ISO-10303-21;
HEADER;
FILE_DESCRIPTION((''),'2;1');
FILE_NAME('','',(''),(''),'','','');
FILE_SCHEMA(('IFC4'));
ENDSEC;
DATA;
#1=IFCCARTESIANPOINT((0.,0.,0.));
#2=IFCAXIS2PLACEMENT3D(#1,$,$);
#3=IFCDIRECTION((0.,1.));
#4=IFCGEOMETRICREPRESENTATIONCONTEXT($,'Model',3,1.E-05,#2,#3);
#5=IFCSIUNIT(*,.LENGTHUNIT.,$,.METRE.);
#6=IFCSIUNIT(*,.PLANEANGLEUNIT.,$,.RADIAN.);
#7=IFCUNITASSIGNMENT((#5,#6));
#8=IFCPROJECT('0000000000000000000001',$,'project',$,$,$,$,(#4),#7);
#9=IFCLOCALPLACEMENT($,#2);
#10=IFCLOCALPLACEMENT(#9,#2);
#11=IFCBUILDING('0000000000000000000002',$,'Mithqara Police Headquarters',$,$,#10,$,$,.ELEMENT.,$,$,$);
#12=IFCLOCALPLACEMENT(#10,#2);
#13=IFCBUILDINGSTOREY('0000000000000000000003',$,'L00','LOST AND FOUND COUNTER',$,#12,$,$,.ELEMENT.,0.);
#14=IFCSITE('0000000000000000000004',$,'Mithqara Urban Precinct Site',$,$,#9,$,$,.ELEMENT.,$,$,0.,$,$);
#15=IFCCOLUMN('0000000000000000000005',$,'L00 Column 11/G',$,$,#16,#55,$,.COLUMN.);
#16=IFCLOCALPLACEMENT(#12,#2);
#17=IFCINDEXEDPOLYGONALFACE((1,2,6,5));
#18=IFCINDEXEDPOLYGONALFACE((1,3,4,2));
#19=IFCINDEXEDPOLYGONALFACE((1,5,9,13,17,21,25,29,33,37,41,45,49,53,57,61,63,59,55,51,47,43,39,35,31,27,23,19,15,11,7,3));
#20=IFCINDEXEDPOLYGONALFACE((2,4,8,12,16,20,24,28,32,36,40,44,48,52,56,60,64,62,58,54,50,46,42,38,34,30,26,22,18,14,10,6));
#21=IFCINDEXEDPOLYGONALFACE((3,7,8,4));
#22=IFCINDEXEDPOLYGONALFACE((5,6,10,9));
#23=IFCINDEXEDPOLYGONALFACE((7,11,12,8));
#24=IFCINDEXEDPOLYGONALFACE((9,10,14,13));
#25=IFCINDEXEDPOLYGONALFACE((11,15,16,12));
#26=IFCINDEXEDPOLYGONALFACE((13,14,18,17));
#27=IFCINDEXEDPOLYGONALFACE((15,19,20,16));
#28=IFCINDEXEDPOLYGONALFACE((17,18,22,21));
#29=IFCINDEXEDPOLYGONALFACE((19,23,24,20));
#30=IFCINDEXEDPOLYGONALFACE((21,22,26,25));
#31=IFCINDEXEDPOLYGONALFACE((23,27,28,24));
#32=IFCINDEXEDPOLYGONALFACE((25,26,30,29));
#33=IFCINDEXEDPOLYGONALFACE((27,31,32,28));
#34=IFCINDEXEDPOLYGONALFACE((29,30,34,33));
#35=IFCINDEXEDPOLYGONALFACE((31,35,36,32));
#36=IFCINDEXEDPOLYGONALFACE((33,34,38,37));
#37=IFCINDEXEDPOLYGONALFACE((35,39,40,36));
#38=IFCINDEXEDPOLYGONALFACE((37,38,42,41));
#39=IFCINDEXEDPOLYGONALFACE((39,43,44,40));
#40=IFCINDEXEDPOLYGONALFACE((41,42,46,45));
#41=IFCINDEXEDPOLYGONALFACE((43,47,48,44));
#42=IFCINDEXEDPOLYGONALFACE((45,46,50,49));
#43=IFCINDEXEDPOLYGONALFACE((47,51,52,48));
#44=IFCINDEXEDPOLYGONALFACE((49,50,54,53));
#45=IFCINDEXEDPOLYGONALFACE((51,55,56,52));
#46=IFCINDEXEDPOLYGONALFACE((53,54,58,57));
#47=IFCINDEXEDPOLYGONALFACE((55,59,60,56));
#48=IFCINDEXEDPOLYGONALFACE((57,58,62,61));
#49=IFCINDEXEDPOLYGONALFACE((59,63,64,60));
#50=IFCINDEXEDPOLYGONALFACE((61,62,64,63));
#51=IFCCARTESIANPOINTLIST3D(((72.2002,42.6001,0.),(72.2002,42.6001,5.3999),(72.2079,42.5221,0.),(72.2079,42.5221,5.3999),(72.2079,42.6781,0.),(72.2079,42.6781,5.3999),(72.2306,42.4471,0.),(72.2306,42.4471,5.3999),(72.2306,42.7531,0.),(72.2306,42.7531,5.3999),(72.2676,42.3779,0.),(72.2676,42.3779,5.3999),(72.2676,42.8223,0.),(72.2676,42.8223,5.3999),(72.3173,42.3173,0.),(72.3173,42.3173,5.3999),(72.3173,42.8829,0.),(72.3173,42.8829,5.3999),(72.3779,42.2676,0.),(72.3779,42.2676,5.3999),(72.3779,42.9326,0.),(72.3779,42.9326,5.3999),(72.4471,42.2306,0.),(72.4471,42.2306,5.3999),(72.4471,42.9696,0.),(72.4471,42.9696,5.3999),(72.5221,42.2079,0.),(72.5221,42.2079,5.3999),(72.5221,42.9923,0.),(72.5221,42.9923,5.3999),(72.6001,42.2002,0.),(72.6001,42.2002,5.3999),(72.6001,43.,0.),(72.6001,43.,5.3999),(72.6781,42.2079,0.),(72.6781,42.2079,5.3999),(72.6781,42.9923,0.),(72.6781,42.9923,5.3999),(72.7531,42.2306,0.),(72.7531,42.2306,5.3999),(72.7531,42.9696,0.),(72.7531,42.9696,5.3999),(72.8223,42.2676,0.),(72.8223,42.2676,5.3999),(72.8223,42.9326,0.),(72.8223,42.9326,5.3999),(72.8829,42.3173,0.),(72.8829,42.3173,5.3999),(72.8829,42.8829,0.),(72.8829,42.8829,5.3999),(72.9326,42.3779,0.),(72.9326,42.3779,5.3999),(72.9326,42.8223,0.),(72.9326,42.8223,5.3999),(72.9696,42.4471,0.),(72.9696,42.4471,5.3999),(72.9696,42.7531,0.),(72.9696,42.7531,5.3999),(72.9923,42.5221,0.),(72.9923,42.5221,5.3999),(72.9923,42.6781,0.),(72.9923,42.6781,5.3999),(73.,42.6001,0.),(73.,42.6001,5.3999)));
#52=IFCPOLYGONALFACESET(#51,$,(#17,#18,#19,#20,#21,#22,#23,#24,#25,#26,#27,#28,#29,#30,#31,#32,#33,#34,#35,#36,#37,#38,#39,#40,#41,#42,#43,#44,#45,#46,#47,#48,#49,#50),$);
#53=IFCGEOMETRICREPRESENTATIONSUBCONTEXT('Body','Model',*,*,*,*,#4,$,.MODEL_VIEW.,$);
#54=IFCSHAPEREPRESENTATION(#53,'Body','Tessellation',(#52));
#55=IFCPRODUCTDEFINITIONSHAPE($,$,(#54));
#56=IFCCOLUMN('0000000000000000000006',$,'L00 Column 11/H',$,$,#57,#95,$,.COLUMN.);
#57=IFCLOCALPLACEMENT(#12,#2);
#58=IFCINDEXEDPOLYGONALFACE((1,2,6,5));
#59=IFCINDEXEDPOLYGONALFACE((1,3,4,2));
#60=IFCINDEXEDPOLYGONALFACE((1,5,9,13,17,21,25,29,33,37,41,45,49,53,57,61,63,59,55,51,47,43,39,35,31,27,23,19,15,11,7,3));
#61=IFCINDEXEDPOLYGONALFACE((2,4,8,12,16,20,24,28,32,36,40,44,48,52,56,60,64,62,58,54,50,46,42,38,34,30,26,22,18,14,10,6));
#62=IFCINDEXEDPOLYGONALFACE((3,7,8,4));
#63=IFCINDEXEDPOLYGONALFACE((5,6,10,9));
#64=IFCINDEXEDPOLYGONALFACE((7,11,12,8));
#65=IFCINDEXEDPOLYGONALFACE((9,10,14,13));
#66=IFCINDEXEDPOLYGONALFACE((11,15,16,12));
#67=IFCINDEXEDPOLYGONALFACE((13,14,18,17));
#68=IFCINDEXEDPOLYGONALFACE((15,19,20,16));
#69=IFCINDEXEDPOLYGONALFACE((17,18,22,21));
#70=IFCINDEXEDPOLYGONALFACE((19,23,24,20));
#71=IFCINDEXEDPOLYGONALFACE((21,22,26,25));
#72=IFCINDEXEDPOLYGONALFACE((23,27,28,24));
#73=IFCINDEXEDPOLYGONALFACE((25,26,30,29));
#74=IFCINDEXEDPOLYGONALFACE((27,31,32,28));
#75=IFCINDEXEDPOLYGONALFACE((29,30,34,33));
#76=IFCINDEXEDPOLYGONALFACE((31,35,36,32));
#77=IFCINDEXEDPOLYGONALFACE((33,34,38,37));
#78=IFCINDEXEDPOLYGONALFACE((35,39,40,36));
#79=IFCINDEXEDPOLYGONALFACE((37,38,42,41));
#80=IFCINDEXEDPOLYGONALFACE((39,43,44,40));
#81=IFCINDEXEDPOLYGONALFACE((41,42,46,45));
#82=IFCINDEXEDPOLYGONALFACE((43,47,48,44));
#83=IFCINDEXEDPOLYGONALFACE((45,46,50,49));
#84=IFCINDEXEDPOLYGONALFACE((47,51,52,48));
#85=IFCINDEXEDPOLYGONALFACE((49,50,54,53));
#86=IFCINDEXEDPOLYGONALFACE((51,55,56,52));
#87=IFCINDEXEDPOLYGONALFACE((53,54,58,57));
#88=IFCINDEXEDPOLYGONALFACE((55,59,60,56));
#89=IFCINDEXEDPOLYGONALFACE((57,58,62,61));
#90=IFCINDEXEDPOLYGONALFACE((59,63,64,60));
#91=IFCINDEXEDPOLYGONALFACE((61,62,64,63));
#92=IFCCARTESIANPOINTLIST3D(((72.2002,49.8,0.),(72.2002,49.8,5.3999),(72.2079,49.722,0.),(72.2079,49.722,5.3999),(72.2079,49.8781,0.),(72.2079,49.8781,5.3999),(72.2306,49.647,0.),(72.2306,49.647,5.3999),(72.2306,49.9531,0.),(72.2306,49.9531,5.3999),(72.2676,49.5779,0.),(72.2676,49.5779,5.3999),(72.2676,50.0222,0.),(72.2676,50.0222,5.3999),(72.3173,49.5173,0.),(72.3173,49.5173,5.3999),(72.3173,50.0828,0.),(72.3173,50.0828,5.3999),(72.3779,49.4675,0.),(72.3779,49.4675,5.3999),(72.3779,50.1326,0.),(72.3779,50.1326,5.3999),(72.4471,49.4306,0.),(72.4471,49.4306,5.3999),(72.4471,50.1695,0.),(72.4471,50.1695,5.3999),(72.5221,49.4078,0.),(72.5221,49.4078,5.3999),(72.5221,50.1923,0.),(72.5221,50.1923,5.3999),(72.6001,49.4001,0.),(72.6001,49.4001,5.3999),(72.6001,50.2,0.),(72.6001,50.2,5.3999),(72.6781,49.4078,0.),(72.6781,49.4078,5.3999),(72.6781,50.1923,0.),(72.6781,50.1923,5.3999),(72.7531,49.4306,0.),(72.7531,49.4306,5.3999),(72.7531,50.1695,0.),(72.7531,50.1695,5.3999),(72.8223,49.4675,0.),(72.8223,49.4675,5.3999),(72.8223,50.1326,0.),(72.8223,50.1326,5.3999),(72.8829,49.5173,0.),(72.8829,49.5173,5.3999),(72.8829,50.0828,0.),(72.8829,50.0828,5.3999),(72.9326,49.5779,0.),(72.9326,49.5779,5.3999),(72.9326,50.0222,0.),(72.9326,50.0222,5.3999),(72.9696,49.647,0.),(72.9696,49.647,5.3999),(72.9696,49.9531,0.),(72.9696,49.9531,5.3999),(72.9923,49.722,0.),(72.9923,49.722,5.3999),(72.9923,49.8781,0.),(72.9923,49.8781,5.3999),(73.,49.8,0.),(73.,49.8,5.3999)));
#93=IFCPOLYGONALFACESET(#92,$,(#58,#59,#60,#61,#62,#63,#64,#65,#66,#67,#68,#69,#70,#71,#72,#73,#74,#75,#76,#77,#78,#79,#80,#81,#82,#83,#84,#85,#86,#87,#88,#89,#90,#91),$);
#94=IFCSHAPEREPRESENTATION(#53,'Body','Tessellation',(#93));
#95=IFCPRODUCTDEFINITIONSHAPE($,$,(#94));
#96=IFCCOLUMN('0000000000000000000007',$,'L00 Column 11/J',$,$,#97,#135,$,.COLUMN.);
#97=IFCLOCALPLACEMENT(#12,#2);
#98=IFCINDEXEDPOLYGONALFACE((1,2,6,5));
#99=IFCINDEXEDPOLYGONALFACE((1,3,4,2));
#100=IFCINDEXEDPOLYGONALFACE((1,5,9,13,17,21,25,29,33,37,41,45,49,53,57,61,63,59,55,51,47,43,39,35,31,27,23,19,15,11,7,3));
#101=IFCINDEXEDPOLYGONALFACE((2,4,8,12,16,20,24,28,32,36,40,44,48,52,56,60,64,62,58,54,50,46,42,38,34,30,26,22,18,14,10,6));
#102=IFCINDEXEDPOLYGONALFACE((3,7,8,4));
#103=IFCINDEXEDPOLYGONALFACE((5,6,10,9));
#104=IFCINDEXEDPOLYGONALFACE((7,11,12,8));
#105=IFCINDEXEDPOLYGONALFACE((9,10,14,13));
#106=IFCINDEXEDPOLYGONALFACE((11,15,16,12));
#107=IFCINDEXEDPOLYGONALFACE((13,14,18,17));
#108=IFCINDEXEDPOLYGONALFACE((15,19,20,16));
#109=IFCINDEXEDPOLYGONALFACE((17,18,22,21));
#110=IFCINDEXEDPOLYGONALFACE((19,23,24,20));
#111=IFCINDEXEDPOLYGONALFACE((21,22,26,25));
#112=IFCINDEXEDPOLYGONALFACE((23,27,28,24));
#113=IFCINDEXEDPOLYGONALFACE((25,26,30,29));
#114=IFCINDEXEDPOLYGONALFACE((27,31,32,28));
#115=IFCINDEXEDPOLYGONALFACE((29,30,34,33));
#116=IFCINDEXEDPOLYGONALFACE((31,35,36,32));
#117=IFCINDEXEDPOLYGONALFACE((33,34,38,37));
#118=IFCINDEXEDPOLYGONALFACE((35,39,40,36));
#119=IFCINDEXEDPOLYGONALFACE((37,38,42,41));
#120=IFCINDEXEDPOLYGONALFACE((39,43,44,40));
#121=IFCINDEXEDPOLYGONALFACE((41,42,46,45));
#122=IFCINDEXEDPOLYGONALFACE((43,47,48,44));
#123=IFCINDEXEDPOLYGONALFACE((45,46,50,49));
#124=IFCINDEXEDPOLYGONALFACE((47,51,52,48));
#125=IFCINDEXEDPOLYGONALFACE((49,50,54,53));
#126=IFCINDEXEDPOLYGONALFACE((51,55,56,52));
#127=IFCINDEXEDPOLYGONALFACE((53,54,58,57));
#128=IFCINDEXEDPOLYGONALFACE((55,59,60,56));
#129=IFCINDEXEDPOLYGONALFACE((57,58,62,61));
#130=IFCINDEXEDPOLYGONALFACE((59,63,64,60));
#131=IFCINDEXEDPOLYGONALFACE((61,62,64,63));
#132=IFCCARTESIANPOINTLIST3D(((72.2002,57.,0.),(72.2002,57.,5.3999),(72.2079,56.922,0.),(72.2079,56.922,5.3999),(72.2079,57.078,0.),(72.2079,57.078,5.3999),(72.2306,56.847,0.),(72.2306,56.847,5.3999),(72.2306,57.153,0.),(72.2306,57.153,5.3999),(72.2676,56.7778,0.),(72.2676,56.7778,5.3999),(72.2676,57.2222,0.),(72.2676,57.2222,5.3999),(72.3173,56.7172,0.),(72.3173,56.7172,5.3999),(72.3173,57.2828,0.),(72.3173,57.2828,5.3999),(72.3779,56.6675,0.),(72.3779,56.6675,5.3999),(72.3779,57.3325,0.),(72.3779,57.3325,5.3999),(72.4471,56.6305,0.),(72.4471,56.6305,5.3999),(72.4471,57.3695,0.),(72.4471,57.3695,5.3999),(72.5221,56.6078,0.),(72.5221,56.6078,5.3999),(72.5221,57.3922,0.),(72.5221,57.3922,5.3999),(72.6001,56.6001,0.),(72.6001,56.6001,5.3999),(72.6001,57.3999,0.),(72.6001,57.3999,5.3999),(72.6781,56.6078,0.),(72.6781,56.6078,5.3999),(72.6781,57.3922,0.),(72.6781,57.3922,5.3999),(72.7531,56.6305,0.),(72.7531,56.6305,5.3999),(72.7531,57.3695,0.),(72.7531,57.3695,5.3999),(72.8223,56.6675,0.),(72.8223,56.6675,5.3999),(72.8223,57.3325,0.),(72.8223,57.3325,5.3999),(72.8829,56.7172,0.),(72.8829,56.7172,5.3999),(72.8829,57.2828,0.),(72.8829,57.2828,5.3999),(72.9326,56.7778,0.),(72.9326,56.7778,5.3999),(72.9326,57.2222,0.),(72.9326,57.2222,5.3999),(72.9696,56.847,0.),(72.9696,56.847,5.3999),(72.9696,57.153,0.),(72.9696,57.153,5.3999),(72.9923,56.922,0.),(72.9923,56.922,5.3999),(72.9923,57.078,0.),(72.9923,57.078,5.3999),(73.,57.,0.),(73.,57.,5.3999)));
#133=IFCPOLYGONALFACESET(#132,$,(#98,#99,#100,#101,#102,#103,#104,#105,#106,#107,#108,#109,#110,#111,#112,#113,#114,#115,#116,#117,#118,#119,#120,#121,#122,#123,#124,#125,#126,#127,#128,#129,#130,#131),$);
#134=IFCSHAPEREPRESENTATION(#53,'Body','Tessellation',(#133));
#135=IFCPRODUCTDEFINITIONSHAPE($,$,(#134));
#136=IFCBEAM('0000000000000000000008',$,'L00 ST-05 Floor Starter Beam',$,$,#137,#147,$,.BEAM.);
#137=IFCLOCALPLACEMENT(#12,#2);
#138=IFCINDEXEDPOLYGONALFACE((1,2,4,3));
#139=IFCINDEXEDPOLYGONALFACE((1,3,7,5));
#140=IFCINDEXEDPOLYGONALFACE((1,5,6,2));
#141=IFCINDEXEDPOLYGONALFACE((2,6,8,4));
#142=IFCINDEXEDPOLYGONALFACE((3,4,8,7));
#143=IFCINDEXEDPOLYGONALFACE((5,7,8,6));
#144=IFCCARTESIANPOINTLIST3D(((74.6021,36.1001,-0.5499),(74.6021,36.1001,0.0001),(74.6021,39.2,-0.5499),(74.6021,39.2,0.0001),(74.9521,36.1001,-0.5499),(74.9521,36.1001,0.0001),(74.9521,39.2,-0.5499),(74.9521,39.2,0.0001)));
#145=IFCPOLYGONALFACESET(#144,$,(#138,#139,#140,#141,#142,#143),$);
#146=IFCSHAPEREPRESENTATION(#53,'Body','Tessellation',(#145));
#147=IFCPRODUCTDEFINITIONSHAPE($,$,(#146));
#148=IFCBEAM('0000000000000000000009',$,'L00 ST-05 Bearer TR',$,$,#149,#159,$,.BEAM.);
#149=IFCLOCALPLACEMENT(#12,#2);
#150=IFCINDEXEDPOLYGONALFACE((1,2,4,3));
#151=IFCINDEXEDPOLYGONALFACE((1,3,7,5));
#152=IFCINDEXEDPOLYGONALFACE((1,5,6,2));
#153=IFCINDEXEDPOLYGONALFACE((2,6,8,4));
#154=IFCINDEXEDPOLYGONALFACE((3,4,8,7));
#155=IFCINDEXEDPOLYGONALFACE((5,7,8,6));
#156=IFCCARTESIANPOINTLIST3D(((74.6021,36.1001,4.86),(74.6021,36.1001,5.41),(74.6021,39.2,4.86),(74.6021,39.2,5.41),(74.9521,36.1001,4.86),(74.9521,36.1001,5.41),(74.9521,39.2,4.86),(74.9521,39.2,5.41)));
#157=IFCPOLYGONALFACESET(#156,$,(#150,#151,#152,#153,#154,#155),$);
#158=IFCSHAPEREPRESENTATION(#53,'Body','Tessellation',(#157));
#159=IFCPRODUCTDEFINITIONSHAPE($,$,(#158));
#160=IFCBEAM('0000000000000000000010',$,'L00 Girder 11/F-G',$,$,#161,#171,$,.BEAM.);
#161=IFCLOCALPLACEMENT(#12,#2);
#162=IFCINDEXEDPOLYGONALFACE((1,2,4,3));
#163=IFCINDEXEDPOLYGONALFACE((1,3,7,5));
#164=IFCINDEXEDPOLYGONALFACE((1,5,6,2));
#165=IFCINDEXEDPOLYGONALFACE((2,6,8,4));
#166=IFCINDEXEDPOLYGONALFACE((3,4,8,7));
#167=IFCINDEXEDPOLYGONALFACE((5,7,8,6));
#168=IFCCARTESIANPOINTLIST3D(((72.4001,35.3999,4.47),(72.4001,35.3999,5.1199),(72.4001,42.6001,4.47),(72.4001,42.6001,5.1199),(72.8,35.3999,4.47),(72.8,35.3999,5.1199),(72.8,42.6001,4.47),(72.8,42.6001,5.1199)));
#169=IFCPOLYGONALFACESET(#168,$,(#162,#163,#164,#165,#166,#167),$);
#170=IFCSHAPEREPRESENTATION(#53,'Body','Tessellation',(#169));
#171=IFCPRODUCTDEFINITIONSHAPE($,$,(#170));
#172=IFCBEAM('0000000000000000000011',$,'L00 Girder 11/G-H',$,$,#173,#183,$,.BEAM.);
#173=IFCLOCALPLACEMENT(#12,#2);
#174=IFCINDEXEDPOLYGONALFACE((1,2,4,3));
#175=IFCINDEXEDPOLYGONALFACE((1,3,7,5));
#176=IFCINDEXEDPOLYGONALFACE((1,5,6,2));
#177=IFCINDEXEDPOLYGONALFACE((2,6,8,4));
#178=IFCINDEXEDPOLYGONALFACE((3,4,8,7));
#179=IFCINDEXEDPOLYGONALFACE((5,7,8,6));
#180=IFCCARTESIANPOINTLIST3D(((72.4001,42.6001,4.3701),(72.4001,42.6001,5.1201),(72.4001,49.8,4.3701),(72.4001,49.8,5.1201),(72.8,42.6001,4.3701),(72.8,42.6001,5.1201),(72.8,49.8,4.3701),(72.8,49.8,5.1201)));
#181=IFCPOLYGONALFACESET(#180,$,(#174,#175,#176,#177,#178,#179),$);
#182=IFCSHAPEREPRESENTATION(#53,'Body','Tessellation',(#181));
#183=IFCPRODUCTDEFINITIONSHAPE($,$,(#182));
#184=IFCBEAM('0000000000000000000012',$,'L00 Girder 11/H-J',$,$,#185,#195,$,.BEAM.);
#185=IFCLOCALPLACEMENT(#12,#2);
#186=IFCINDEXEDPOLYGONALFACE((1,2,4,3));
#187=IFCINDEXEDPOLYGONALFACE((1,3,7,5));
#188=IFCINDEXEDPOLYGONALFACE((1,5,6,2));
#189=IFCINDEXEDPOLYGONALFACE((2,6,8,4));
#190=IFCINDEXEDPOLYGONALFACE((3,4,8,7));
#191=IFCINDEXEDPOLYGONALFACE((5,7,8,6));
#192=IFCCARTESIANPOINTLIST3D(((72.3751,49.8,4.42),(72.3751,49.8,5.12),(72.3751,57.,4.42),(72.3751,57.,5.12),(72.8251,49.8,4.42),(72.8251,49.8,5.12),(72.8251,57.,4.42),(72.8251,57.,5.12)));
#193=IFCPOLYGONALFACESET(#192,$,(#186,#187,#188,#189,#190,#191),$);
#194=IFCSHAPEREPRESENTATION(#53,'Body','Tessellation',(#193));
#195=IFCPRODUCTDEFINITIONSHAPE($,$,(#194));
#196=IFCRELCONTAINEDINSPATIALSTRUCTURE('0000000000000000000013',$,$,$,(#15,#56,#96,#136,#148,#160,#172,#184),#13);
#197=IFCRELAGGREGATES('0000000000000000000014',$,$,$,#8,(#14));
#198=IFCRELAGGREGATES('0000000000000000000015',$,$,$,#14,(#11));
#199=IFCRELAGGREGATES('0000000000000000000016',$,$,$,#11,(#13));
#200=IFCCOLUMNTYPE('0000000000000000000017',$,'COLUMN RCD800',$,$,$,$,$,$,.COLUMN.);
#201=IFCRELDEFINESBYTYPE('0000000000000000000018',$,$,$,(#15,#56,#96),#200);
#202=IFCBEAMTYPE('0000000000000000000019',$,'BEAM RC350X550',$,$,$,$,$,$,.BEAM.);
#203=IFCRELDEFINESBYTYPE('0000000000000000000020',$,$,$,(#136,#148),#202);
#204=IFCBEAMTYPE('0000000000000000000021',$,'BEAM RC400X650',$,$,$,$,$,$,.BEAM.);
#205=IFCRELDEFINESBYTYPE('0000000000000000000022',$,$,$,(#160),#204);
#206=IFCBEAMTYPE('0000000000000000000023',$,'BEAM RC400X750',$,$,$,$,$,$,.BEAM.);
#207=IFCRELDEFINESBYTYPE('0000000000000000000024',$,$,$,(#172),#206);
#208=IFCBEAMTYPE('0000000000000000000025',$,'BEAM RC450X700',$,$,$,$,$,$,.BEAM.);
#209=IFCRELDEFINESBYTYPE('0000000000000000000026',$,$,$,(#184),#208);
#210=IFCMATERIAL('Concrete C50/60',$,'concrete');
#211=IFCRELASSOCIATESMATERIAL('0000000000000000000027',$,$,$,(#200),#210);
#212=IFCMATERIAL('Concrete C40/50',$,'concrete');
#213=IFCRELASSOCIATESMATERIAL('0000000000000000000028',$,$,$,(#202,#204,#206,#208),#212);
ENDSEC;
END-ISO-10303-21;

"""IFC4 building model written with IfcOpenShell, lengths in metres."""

from ifc_helpers import new_model, si_unit, direction, frame, origin, origin_2d, place, context, subcontext, project, spatial, rectangle, circle, extrude, material, material_profile, profile_set, type_object, element, save


model = new_model("IFC4")

# Units and contexts
model_context = context("Model", 3, precision=1e-05, world=origin(), true_north=direction((0.0, 1.0)))
body_context = subcontext(model_context, "Body", "Model", "MODEL_VIEW")
ifc_project = project(units=[si_unit("LENGTHUNIT", "METRE"), si_unit("PLANEANGLEUNIT", "RADIAN")], contexts=[model_context])

# Site, building, storey
site_placement = place(None, origin())
site = spatial("IfcSite", under=ifc_project, at=site_placement, Name="Mithqara Urban Precinct Site", CompositionType="ELEMENT", RefElevation=0.0)
building_placement = place(site_placement, origin())
building = spatial("IfcBuilding", under=site, at=building_placement, Name="Mithqara Police Headquarters", CompositionType="ELEMENT")
storey_placement = place(building_placement, origin())
storey = spatial("IfcBuildingStorey", under=building, at=storey_placement, Name="L00", Description="LOST AND FOUND COUNTER", CompositionType="ELEMENT", Elevation=0.0)

# Columns
ifc_material_1 = material(Name="Concrete C50/60", Category="concrete")
ifc_material_profile_1 = material_profile(ifc_material_1, circle(Radius=0.3999, at=origin_2d()), Name="RCD 800")
ifc_profile_set_1 = profile_set([ifc_material_profile_1], Name="Concrete C50/60")
column_type = type_object("IfcColumnType", Name="COLUMN RCD800", PredefinedType="COLUMN", material=ifc_profile_set_1)
for number, where, z_axis, x_axis, name in (
    (1, (72.6001, 42.6001, 0.0), (0.0, 0.0, 1.0), (1.0, 0.0, 0.0), "L00 Column 11/G"),
    (2, (72.6001, 49.8, 0.0), (0.0, 0.0, 1.0), (1.0, 0.0, 0.0), "L00 Column 11/H"),
    (3, (72.6001, 57.0, 0.0), (0.0, 0.0, 1.0), (1.0, 0.0, 0.0), "L00 Column 11/J"),
):
    element("IfcColumn", number, at=place(storey_placement, frame(where, z_axis=z_axis, x_axis=x_axis)), inside=storey, type_object=column_type, Name=name, PredefinedType="COLUMN", context=body_context, shape_type="SweptSolid", body=[
        extrude(circle(Radius=0.3999, at=origin_2d()), origin(), (0.0, 0.0, 1.0), 5.3999),
    ])

# Beams
ifc_material_2 = material(Name="Concrete C40/50", Category="concrete")
ifc_material_profile_2 = material_profile(ifc_material_2, rectangle(XDim=0.3501, YDim=0.55, at=origin_2d()), Name="RC 350x550")
ifc_profile_set_2 = profile_set([ifc_material_profile_2], Name="Concrete C40/50")
beam_type_1 = type_object("IfcBeamType", Name="BEAM RC350X550", PredefinedType="BEAM", material=ifc_profile_set_2)
for number, where, z_axis, x_axis, name in (
    (4, (74.7771, 36.1001, -0.2749), (0.0, 1.0, 0.0), (-1.0, 0.0, 0.0), "L00 ST-05 Floor Starter Beam"),
    (5, (74.7771, 36.1001, 5.135), (0.0, 1.0, 0.0), (-1.0, 0.0, 0.0), "L00 ST-05 Bearer TR"),
):
    element("IfcBeam", number, at=place(storey_placement, frame(where, z_axis=z_axis, x_axis=x_axis)), inside=storey, type_object=beam_type_1, Name=name, PredefinedType="BEAM", context=body_context, shape_type="SweptSolid", body=[
        extrude(rectangle(XDim=0.3501, YDim=0.55, at=origin_2d()), origin(), (0.0, 0.0, 1.0), 3.0999),
    ])
ifc_material_profile_3 = material_profile(ifc_material_2, rectangle(XDim=0.3999, YDim=0.6499, at=origin_2d()), Name="RC 400x650")
ifc_profile_set_3 = profile_set([ifc_material_profile_3], Name="Concrete C40/50")
beam_type_2 = type_object("IfcBeamType", Name="BEAM RC400X650", PredefinedType="BEAM", material=ifc_profile_set_3)
beam_1_placement = place(storey_placement, frame((72.6001, 35.3999, 4.7949), z_axis=(0.0, 1.0, 0.0), x_axis=(-1.0, 0.0, 0.0)))
element("IfcBeam", 6, at=beam_1_placement, inside=storey, type_object=beam_type_2, Name="L00 Girder 11/F-G", PredefinedType="BEAM", context=body_context, shape_type="SweptSolid", body=[
    extrude(rectangle(XDim=0.3999, YDim=0.6499, at=origin_2d()), origin(), (0.0, 0.0, 1.0), 7.2002),
])
ifc_material_profile_4 = material_profile(ifc_material_2, rectangle(XDim=0.3999, YDim=0.75, at=origin_2d()), Name="RC 400x750")
ifc_profile_set_4 = profile_set([ifc_material_profile_4], Name="Concrete C40/50")
beam_type_3 = type_object("IfcBeamType", Name="BEAM RC400X750", PredefinedType="BEAM", material=ifc_profile_set_4)
beam_2_placement = place(storey_placement, frame((72.6001, 42.6001, 4.7451), z_axis=(0.0, 1.0, 0.0), x_axis=(-1.0, 0.0, 0.0)))
element("IfcBeam", 7, at=beam_2_placement, inside=storey, type_object=beam_type_3, Name="L00 Girder 11/G-H", PredefinedType="BEAM", context=body_context, shape_type="SweptSolid", body=[
    extrude(rectangle(XDim=0.3999, YDim=0.75, at=origin_2d()), origin(), (0.0, 0.0, 1.0), 7.2),
])
ifc_material_profile_5 = material_profile(ifc_material_2, rectangle(XDim=0.45, YDim=0.7, at=origin_2d()), Name="RC 450x700")
ifc_profile_set_5 = profile_set([ifc_material_profile_5], Name="Concrete C40/50")
beam_type_4 = type_object("IfcBeamType", Name="BEAM RC450X700", PredefinedType="BEAM", material=ifc_profile_set_5)
beam_3_placement = place(storey_placement, frame((72.6001, 49.8, 4.77), z_axis=(0.0, 1.0, 0.0), x_axis=(-1.0, 0.0, 0.0)))
element("IfcBeam", 8, at=beam_3_placement, inside=storey, type_object=beam_type_4, Name="L00 Girder 11/H-J", PredefinedType="BEAM", context=body_context, shape_type="SweptSolid", body=[
    extrude(rectangle(XDim=0.45, YDim=0.7, at=origin_2d()), origin(), (0.0, 0.0, 1.0), 7.2),
])

save(model, "model.ifc")
